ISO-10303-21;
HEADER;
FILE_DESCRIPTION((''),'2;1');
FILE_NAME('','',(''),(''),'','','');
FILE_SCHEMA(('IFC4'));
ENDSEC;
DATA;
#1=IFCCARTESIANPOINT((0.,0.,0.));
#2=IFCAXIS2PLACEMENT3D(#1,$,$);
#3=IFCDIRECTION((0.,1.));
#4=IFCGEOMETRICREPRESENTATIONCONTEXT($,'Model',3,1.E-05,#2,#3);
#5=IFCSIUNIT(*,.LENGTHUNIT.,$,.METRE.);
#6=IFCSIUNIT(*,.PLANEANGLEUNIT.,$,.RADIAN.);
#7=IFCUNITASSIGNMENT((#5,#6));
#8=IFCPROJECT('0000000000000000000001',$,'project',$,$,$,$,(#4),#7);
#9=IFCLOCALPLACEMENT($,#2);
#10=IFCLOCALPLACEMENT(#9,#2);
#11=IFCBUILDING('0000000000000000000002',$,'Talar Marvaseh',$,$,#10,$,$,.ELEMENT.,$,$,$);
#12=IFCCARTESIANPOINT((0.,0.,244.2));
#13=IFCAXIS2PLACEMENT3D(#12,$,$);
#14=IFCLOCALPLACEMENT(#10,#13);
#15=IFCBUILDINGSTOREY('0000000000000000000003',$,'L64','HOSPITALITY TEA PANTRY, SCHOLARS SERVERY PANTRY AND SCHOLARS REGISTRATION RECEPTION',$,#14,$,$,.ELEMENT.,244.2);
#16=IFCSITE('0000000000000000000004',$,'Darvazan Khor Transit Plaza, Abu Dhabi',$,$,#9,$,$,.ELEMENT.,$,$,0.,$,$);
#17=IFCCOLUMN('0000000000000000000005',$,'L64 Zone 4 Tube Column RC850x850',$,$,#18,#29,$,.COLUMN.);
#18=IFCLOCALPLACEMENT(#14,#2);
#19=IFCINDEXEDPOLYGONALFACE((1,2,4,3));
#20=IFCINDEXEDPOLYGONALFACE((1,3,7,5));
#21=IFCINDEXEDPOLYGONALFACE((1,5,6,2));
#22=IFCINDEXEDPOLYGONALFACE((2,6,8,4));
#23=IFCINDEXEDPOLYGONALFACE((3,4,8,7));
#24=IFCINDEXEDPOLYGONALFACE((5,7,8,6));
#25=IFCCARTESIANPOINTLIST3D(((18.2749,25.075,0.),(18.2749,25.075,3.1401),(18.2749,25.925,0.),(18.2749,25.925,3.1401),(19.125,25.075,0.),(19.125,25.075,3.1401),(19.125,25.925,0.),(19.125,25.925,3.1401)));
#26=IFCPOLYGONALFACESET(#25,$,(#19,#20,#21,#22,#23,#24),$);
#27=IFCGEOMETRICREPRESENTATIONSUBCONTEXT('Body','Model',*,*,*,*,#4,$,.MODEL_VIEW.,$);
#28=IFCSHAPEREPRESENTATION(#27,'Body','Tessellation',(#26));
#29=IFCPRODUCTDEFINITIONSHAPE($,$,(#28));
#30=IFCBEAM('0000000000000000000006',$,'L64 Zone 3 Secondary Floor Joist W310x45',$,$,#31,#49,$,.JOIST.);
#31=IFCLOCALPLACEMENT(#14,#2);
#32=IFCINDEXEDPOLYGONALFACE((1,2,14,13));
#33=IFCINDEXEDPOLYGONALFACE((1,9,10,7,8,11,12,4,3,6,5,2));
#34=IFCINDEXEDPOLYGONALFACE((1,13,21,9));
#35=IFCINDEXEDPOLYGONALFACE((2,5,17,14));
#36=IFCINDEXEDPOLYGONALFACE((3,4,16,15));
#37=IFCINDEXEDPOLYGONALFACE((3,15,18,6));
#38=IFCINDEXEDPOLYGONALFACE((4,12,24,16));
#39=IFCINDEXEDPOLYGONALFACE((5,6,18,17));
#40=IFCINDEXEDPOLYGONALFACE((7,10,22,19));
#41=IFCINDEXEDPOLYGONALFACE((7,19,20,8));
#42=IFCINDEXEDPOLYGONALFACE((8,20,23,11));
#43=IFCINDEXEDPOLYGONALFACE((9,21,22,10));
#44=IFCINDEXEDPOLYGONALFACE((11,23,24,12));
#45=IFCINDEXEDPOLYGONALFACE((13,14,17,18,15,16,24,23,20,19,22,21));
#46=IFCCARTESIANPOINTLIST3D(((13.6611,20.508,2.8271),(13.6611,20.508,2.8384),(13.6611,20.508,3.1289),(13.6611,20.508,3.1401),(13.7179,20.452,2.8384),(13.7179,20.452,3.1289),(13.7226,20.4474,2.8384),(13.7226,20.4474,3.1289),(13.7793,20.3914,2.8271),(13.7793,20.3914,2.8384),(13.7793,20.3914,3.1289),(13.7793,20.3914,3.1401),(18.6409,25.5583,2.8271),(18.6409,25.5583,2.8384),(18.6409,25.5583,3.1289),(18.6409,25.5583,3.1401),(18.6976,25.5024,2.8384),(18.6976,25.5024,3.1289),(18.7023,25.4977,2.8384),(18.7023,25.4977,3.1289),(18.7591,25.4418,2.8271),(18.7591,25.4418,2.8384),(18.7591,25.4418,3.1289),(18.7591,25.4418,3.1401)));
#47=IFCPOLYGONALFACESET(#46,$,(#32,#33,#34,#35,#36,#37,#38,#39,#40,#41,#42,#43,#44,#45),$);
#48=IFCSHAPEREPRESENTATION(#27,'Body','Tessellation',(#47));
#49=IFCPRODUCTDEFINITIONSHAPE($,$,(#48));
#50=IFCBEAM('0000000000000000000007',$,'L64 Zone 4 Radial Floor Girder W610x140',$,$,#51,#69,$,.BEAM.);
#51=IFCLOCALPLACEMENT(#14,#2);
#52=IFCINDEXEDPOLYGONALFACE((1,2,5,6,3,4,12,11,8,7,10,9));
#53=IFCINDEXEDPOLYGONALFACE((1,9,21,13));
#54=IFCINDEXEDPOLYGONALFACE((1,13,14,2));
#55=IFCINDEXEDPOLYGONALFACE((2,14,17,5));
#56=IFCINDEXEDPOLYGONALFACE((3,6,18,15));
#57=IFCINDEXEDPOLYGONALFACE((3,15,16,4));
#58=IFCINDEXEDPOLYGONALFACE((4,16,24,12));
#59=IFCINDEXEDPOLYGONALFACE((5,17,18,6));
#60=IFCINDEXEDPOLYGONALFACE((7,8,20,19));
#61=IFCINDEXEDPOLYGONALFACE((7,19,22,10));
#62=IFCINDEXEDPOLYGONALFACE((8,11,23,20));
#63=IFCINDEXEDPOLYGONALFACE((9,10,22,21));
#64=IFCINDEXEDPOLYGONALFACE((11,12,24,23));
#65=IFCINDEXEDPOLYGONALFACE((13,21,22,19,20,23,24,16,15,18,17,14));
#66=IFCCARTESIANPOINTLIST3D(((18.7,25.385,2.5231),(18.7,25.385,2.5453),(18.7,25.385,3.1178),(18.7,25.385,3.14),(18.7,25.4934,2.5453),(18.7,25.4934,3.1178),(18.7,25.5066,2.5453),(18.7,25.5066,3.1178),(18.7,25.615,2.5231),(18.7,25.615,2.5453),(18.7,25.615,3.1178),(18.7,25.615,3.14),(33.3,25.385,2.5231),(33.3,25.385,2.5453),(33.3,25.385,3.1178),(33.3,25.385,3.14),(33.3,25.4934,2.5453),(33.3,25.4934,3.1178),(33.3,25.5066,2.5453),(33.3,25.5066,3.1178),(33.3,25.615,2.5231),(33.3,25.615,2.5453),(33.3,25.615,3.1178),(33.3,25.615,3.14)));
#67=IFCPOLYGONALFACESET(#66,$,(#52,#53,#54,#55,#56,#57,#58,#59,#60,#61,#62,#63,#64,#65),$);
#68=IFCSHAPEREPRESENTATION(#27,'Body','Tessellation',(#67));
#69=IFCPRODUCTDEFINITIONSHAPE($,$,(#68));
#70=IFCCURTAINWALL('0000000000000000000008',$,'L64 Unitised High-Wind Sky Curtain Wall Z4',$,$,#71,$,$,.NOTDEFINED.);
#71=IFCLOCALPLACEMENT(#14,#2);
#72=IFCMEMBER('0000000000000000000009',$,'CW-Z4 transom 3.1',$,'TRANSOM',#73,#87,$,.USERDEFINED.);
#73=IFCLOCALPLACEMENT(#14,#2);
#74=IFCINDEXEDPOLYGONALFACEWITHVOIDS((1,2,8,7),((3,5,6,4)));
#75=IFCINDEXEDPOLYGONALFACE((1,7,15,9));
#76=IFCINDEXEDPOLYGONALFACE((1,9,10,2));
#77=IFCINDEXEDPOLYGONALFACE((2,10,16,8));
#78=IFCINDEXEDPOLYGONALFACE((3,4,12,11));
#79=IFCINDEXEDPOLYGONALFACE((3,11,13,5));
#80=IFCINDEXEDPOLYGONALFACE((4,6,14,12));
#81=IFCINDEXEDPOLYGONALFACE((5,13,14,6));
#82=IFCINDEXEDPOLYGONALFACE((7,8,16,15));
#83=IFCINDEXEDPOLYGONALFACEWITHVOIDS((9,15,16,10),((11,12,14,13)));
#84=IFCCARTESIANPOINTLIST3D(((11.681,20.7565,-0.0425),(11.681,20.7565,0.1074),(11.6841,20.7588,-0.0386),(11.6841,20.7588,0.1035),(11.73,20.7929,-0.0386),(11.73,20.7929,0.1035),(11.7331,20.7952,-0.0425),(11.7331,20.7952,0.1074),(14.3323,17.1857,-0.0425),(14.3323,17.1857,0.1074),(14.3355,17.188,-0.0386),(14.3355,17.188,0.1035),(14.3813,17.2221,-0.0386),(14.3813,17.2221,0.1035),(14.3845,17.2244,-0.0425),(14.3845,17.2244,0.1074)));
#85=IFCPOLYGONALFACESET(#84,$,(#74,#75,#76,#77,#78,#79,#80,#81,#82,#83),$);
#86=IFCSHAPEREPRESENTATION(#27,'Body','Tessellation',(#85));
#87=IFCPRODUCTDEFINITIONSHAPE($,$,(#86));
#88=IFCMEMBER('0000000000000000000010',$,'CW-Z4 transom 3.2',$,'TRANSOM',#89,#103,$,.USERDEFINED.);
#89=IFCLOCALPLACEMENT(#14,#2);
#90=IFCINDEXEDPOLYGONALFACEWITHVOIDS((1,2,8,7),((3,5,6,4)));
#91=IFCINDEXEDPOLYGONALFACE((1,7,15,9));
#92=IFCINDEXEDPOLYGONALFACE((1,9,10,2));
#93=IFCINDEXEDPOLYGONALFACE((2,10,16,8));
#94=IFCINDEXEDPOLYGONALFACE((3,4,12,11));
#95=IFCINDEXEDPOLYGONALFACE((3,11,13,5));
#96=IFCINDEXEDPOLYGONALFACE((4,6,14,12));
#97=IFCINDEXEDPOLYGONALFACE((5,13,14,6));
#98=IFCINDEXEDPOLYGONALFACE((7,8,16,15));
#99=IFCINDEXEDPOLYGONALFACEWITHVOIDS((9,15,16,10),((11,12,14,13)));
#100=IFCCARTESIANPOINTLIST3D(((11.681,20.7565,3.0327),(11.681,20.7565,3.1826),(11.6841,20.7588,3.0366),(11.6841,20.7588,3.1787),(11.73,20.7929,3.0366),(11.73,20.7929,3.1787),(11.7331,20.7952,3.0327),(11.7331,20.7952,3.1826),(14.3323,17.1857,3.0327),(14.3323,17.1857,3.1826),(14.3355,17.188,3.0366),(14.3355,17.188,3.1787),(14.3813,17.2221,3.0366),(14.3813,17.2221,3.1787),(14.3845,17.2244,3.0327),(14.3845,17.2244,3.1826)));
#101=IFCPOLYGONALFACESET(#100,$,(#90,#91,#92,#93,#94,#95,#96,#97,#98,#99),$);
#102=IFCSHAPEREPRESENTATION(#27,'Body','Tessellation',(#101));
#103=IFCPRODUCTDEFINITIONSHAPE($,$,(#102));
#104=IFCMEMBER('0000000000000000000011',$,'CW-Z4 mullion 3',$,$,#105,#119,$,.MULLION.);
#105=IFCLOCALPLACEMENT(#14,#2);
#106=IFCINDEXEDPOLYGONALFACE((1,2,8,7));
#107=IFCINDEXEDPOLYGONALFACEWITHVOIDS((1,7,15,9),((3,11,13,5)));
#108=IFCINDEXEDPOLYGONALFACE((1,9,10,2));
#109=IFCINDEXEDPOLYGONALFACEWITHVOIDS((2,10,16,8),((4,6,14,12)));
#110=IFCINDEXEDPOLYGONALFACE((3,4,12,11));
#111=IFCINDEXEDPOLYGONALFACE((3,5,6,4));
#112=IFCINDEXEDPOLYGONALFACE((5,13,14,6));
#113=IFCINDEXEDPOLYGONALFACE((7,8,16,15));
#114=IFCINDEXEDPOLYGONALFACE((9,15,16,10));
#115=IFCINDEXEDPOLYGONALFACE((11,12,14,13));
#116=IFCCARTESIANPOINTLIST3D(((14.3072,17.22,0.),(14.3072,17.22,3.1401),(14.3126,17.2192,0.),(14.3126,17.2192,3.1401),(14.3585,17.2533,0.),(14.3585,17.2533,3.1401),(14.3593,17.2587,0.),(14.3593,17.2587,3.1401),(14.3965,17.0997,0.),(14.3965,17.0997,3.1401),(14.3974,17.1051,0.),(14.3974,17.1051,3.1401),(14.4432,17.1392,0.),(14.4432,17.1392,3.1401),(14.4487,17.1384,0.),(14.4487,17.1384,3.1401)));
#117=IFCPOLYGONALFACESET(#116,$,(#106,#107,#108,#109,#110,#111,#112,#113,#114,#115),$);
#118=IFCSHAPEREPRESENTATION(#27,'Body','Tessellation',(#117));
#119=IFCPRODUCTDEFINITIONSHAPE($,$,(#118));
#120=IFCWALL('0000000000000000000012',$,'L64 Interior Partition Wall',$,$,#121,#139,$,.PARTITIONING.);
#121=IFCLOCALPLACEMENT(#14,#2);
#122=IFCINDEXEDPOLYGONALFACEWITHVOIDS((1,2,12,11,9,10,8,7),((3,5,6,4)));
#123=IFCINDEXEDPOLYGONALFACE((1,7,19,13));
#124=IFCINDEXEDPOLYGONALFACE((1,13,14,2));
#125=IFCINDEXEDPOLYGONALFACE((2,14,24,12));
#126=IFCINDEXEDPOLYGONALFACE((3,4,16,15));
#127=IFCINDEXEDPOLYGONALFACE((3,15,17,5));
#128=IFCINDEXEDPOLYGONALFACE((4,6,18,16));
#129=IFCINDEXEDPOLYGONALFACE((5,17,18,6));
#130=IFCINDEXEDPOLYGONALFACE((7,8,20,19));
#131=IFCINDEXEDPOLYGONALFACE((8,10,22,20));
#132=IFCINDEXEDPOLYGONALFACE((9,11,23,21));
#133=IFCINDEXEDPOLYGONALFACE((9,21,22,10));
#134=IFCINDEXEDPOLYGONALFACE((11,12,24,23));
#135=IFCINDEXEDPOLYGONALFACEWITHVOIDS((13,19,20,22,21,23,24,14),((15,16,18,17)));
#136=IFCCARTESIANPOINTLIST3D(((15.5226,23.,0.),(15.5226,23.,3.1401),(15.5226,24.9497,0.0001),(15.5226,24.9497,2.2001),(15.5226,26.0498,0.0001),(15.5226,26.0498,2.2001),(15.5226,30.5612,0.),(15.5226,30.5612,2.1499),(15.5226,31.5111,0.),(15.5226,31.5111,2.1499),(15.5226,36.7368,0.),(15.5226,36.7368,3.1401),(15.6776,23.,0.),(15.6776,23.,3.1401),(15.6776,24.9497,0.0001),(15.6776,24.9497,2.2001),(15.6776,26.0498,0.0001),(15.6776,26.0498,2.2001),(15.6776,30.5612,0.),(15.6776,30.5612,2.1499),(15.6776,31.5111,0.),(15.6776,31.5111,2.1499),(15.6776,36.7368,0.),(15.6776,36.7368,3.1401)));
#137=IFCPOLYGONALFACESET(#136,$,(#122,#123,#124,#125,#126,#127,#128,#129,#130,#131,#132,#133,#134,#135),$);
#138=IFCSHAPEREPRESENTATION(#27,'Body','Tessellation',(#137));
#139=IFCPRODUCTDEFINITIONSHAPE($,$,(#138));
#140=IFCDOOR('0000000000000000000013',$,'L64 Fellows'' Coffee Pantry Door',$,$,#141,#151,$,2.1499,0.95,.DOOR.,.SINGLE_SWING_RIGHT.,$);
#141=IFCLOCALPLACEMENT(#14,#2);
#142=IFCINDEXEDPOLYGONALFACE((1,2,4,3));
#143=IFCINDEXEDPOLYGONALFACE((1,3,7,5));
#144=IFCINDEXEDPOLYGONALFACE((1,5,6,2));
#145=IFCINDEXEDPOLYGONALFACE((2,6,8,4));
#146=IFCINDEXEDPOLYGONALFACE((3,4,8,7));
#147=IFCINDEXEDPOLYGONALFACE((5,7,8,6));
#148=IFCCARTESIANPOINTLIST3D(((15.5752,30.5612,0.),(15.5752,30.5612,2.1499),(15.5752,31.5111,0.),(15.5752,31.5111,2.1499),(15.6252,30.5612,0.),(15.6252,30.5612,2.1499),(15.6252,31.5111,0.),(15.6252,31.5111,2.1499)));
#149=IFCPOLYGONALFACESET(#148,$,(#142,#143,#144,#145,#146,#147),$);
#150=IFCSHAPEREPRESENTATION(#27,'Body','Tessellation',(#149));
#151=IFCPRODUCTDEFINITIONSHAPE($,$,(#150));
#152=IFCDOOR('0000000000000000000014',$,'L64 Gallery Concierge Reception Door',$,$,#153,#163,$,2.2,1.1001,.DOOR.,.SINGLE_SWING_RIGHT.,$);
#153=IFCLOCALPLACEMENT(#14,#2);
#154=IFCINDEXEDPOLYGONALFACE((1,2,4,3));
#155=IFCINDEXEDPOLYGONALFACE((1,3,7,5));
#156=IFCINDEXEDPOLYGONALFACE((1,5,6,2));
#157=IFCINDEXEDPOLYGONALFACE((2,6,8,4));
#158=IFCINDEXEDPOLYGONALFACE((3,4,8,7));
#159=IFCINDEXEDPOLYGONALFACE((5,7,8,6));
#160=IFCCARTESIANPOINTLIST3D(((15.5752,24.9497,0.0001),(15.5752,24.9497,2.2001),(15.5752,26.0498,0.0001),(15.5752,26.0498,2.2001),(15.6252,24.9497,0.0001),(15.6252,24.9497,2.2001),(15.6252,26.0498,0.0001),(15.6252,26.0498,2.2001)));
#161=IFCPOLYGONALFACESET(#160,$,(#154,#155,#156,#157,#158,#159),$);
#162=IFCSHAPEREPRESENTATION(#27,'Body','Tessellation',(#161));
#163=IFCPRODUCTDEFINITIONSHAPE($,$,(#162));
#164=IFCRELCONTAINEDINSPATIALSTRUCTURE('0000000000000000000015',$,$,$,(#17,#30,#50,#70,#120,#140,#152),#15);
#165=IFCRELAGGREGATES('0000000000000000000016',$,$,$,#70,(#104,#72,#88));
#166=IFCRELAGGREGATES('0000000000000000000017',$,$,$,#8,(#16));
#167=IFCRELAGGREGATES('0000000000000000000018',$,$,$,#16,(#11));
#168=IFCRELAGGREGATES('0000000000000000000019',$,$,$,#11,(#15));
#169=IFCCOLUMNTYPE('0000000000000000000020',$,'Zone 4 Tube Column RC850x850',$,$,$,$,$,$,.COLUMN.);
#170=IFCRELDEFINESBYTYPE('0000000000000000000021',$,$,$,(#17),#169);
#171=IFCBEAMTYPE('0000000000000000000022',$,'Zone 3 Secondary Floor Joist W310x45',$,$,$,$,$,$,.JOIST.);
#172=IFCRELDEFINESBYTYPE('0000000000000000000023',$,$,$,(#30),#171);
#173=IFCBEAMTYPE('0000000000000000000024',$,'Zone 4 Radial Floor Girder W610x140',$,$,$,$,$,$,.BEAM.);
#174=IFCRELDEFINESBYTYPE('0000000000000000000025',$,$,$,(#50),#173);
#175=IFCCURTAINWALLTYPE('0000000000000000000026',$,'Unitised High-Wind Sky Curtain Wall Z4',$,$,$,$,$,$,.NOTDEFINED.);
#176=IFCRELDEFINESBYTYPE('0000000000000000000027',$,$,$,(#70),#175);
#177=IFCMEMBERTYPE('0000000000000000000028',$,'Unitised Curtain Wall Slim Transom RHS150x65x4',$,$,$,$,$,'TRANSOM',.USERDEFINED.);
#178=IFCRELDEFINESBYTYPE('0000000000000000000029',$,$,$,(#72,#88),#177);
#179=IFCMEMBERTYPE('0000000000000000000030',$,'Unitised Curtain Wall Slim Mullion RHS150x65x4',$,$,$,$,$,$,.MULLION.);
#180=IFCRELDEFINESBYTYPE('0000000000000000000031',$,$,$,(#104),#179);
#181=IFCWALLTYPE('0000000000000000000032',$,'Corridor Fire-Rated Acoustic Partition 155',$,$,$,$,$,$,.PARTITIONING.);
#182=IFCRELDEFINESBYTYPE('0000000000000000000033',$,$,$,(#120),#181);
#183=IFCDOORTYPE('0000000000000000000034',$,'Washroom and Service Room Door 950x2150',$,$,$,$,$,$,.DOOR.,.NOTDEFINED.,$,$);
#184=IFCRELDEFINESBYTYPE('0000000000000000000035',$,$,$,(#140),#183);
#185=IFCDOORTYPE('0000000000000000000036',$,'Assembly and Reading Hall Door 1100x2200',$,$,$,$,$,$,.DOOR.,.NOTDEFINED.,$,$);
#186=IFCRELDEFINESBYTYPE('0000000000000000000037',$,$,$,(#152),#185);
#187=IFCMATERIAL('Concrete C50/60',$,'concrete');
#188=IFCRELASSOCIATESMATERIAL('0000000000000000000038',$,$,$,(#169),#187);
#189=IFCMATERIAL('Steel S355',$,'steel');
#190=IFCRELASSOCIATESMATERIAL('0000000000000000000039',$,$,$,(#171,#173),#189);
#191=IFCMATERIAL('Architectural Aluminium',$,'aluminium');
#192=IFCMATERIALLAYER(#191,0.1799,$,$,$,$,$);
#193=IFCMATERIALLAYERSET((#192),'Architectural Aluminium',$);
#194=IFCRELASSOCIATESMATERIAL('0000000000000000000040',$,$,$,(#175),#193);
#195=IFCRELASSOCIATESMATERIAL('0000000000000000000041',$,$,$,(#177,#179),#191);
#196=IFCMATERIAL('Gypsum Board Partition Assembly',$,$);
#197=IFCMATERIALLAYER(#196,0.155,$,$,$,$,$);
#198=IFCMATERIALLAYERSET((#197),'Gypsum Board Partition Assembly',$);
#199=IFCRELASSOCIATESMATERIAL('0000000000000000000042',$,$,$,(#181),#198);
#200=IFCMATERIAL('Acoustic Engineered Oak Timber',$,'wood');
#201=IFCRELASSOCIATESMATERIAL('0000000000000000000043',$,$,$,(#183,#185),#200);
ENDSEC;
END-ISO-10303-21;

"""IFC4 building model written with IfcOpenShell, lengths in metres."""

from ifc_helpers import new_model, si_unit, direction, frame, frame_2d, origin, origin_2d, place, context, subcontext, project, spatial, rectangle, hollow_rectangle, i_section, extrude, source, transform, mapped, material, layer, layer_set, material_profile, profile_set, type_object, type_shapes, element, fill, aggregate, save


model = new_model("IFC4")

# Units and contexts
model_context = context("Model", 3, precision=1e-05, world=origin(), true_north=direction((0.0, 1.0)))
body_context = subcontext(model_context, "Body", "Model", "MODEL_VIEW")
ifc_project = project(units=[si_unit("LENGTHUNIT", "METRE"), si_unit("PLANEANGLEUNIT", "RADIAN")], contexts=[model_context])

# Site, building, storey
site_placement = place(None, origin())
site = spatial("IfcSite", under=ifc_project, at=site_placement, Name="Darvazan Khor Transit Plaza, Abu Dhabi", CompositionType="ELEMENT", RefElevation=0.0)
building_placement = place(site_placement, origin())
building = spatial("IfcBuilding", under=site, at=building_placement, Name="Talar Marvaseh", CompositionType="ELEMENT")
storey_placement = place(building_placement, frame((0.0, 0.0, 244.2)))
storey = spatial("IfcBuildingStorey", under=building, at=storey_placement, Name="L64", Description="HOSPITALITY TEA PANTRY, SCHOLARS SERVERY PANTRY AND SCHOLARS REGISTRATION RECEPTION", CompositionType="ELEMENT", Elevation=244.2)

# Column
ifc_material_1 = material(Name="Concrete C50/60", Category="concrete")
ifc_material_profile_1 = material_profile(ifc_material_1, rectangle(XDim=0.8501, YDim=0.8501, at=origin_2d()), Name="RC850x850")
ifc_profile_set_1 = profile_set([ifc_material_profile_1], Name="Concrete C50/60")
column_type = type_object("IfcColumnType", Name="Zone 4 Tube Column RC850x850", PredefinedType="COLUMN", material=ifc_profile_set_1)
column_placement = place(storey_placement, frame((18.7, 25.5, 0.0), z_axis=(0.0, 0.0, 1.0), x_axis=(1.0, 0.0, 0.0)))
element("IfcColumn", 1, at=column_placement, inside=storey, type_object=column_type, Name="L64 Zone 4 Tube Column RC850x850", PredefinedType="COLUMN", context=body_context, shape_type="SweptSolid", body=[
    extrude(rectangle(XDim=0.8501, YDim=0.8501, at=origin_2d()), origin(), (0.0, 0.0, 1.0), 3.1401),
])

# Beams
ifc_material_2 = material(Name="Steel S355", Category="steel")
ifc_material_profile_2 = material_profile(ifc_material_2, i_section(OverallWidth=0.166, OverallDepth=0.313, WebThickness=0.0066, FlangeThickness=0.0112, at=origin_2d()), Name="W310x45")
ifc_profile_set_2 = profile_set([ifc_material_profile_2], Name="Steel S355")
beam_type_1 = type_object("IfcBeamType", Name="Zone 3 Secondary Floor Joist W310x45", PredefinedType="JOIST", material=ifc_profile_set_2)
beam_1_placement = place(storey_placement, frame((13.7202, 20.4497, 2.9836), z_axis=(0.702115, 0.712063, 0.0), x_axis=(-0.712063, 0.702115, 0.0)))
element("IfcBeam", 2, at=beam_1_placement, inside=storey, type_object=beam_type_1, Name="L64 Zone 3 Secondary Floor Joist W310x45", PredefinedType="JOIST", context=body_context, shape_type="SweptSolid", body=[
    extrude(i_section(OverallWidth=0.166, OverallDepth=0.313, WebThickness=0.0066, FlangeThickness=0.0112, at=origin_2d()), origin(), (0.0, 0.0, 1.0), 7.0925),
])
ifc_material_profile_3 = material_profile(ifc_material_2, i_section(OverallWidth=0.23, OverallDepth=0.6169, WebThickness=0.0132, FlangeThickness=0.0222, at=origin_2d()), Name="W610x140")
ifc_profile_set_3 = profile_set([ifc_material_profile_3], Name="Steel S355")
beam_type_2 = type_object("IfcBeamType", Name="Zone 4 Radial Floor Girder W610x140", PredefinedType="BEAM", material=ifc_profile_set_3)
beam_2_placement = place(storey_placement, frame((18.7, 25.5, 2.8315), z_axis=(1.0, 0.0, 0.0), x_axis=(0.0, 1.0, 0.0)))
element("IfcBeam", 3, at=beam_2_placement, inside=storey, type_object=beam_type_2, Name="L64 Zone 4 Radial Floor Girder W610x140", PredefinedType="BEAM", context=body_context, shape_type="SweptSolid", body=[
    extrude(i_section(OverallWidth=0.23, OverallDepth=0.6169, WebThickness=0.0132, FlangeThickness=0.0222, at=origin_2d()), origin(), (0.0, 0.0, 1.0), 14.6001),
])

# Curtain wall, members
ifc_material_3 = material(Name="Architectural Aluminium", Category="aluminium")
ifc_layer_1 = layer(ifc_material_3, 0.1799)
ifc_layer_set_1 = layer_set([ifc_layer_1], Name="Architectural Aluminium")
curtain_wall_type = type_object("IfcCurtainWallType", Name="Unitised High-Wind Sky Curtain Wall Z4", PredefinedType="NOTDEFINED", material=ifc_layer_set_1)
curtain_wall_placement = place(storey_placement, origin())
curtain_wall = element("IfcCurtainWall", 4, at=curtain_wall_placement, inside=storey, type_object=curtain_wall_type, Name="L64 Unitised High-Wind Sky Curtain Wall Z4", PredefinedType="NOTDEFINED")
ifc_material_profile_4 = material_profile(ifc_material_3, hollow_rectangle(XDim=0.0649, YDim=0.1499, WallThickness=0.0039, at=origin_2d()), Name="RHS150x65x4")
ifc_profile_set_4 = profile_set([ifc_material_profile_4], Name="Architectural Aluminium")
member_type_1 = type_object("IfcMemberType", Name="Unitised Curtain Wall Slim Transom RHS150x65x4", ElementType="TRANSOM", PredefinedType="USERDEFINED", material=ifc_profile_set_4)
shared_shape_1 = source(origin(), body_context, "Body", "SweptSolid", [
    extrude(hollow_rectangle(XDim=0.0649, YDim=0.1499, WallThickness=0.0039, at=origin_2d()), origin(), (0.0, 0.0, 1.0), 4.4475),
])
type_shapes(member_type_1, [shared_shape_1])
member_1_placement = place(storey_placement, frame((14.3584, 17.2051, 0.0325), z_axis=(-0.596146, 0.802876, 0.0), x_axis=(-0.802876, -0.596146, 0.0)))
member_1 = element("IfcMember", 5, at=member_1_placement, type_object=member_type_1, Name="CW-Z4 transom 3.1", ObjectType="TRANSOM", PredefinedType="USERDEFINED", context=body_context, shape_type="MappedRepresentation", body=[
    mapped(shared_shape_1, transform((0.0, 0.0, 0.0), x_axis=(1.0, 0.0, 0.0), y_axis=(0.0, 1.0, 0.0), z_axis=(0.0, 0.0, 1.0), scale=1.0)),
])
member_2_placement = place(storey_placement, frame((14.3584, 17.2051, 3.1077), z_axis=(-0.596146, 0.802876, 0.0), x_axis=(-0.802876, -0.596146, 0.0)))
member_2 = element("IfcMember", 6, at=member_2_placement, type_object=member_type_1, Name="CW-Z4 transom 3.2", ObjectType="TRANSOM", PredefinedType="USERDEFINED", context=body_context, shape_type="MappedRepresentation", body=[
    mapped(shared_shape_1, transform((0.0, 0.0, 0.0), x_axis=(1.0, 0.0, 0.0), y_axis=(0.0, 1.0, 0.0), z_axis=(0.0, 0.0, 1.0), scale=1.0)),
])
ifc_material_profile_5 = material_profile(ifc_material_3, hollow_rectangle(XDim=0.0649, YDim=0.1499, WallThickness=0.0039, at=origin_2d()), Name="RHS150x65x4")
ifc_profile_set_5 = profile_set([ifc_material_profile_5], Name="Architectural Aluminium")
member_type_2 = type_object("IfcMemberType", Name="Unitised Curtain Wall Slim Mullion RHS150x65x4", PredefinedType="MULLION", material=ifc_profile_set_5)
shared_shape_2 = source(origin(), body_context, "Body", "SweptSolid", [
    extrude(hollow_rectangle(XDim=0.0649, YDim=0.1499, WallThickness=0.0039, at=origin_2d()), origin(), (0.0, 0.0, 1.0), 3.1401),
])
type_shapes(member_type_2, [shared_shape_2])
member_3_placement = place(storey_placement, frame((14.3779, 17.1792, 0.0), z_axis=(0.0, 0.0, 1.0), x_axis=(-0.802854, -0.596176, 0.0)))
member_3 = element("IfcMember", 7, at=member_3_placement, type_object=member_type_2, Name="CW-Z4 mullion 3", PredefinedType="MULLION", context=body_context, shape_type="MappedRepresentation", body=[
    mapped(shared_shape_2, transform((0.0, 0.0, 0.0), x_axis=(1.0, 0.0, 0.0), y_axis=(0.0, 1.0, 0.0), z_axis=(0.0, 0.0, 1.0), scale=1.0)),
])
aggregate(curtain_wall, [member_3, member_1, member_2])

# Wall, openings, doors
ifc_material_4 = material(Name="Gypsum Board Partition Assembly")
ifc_layer_2 = layer(ifc_material_4, 0.155)
ifc_layer_set_2 = layer_set([ifc_layer_2], Name="Gypsum Board Partition Assembly")
wall_type_1 = type_object("IfcWallType", Name="Corridor Fire-Rated Acoustic Partition 155", PredefinedType="PARTITIONING", material=ifc_layer_set_2)
wall_1_placement = place(storey_placement, frame((15.6001, 23.0, 0.0), z_axis=(0.0, 0.0, 1.0), x_axis=(0.0, 1.0, 0.0)))
wall_1 = element("IfcWall", 8, at=wall_1_placement, inside=storey, type_object=wall_type_1, Name="L64 Interior Partition Wall", PredefinedType="PARTITIONING", context=body_context, shape_type="SweptSolid", body=[
    extrude(rectangle(XDim=13.7368, YDim=0.155, at=frame_2d((6.8684, 0.0))), origin(), (0.0, 0.0, 1.0), 3.1401),
])
opening_1_placement = place(wall_1_placement, frame((1.9497, 0.0, 0.0)))
opening_1 = element("IfcOpeningElement", 9, at=opening_1_placement, cuts=wall_1, PredefinedType="OPENING", context=body_context, shape_type="SweptSolid", body=[
    extrude(rectangle(XDim=1.1001, YDim=2.2, at=frame_2d((0.55, 1.1001))), frame((0.0, 0.0874, 0.0), z_axis=(0.0, -1.0, 0.0), x_axis=(1.0, 0.0, 0.0)), (0.0, 0.0, 1.0), 0.175),
])
opening_2_placement = place(wall_1_placement, frame((7.561, 0.0, 0.0)))
opening_2 = element("IfcOpeningElement", 10, at=opening_2_placement, cuts=wall_1, PredefinedType="OPENING", context=body_context, shape_type="SweptSolid", body=[
    extrude(rectangle(XDim=0.95, YDim=2.1499, at=frame_2d((0.4751, 1.075))), frame((0.0, 0.0874, 0.0), z_axis=(0.0, -1.0, 0.0), x_axis=(1.0, 0.0, 0.0)), (0.0, 0.0, 1.0), 0.175),
])
ifc_material_5 = material(Name="Acoustic Engineered Oak Timber", Category="wood")
door_type_1 = type_object("IfcDoorType", Name="Washroom and Service Room Door 950x2150", OperationType="NOTDEFINED", PredefinedType="DOOR", material=ifc_material_5)
shared_shape_3 = source(origin(), body_context, "Body", "SweptSolid", [
    extrude(rectangle(XDim=0.95, YDim=2.1499, at=frame_2d((0.4751, 1.075))), frame((0.0, 0.0249, 0.0), z_axis=(0.0, -1.0, 0.0), x_axis=(1.0, 0.0, 0.0)), (0.0, 0.0, 1.0), 0.05),
])
type_shapes(door_type_1, [shared_shape_3])
door_1_placement = place(opening_2_placement, origin())
door_1 = element("IfcDoor", 11, at=door_1_placement, inside=storey, type_object=door_type_1, Name="L64 Fellows' Coffee Pantry Door", OperationType="SINGLE_SWING_RIGHT", OverallHeight=2.1499, OverallWidth=0.95, PredefinedType="DOOR", context=body_context, shape_type="MappedRepresentation", body=[
    mapped(shared_shape_3, transform((0.0, 0.0, 0.0), x_axis=(1.0, 0.0, 0.0), y_axis=(0.0, 1.0, 0.0), z_axis=(0.0, 0.0, 1.0), scale=1.0)),
])
fill(opening_2, door_1)
door_type_2 = type_object("IfcDoorType", Name="Assembly and Reading Hall Door 1100x2200", OperationType="NOTDEFINED", PredefinedType="DOOR", material=ifc_material_5)
shared_shape_4 = source(origin(), body_context, "Body", "SweptSolid", [
    extrude(rectangle(XDim=1.1001, YDim=2.2, at=frame_2d((0.55, 1.1001))), frame((0.0, 0.0249, 0.0), z_axis=(0.0, -1.0, 0.0), x_axis=(1.0, 0.0, 0.0)), (0.0, 0.0, 1.0), 0.05),
])
type_shapes(door_type_2, [shared_shape_4])
door_2_placement = place(opening_1_placement, origin())
door_2 = element("IfcDoor", 12, at=door_2_placement, inside=storey, type_object=door_type_2, Name="L64 Gallery Concierge Reception Door", OperationType="SINGLE_SWING_RIGHT", OverallHeight=2.2, OverallWidth=1.1001, PredefinedType="DOOR", context=body_context, shape_type="MappedRepresentation", body=[
    mapped(shared_shape_4, transform((0.0, 0.0, 0.0), x_axis=(1.0, 0.0, 0.0), y_axis=(0.0, 1.0, 0.0), z_axis=(0.0, 0.0, 1.0), scale=1.0)),
])
fill(opening_1, door_2)

save(model, "model.ifc")
